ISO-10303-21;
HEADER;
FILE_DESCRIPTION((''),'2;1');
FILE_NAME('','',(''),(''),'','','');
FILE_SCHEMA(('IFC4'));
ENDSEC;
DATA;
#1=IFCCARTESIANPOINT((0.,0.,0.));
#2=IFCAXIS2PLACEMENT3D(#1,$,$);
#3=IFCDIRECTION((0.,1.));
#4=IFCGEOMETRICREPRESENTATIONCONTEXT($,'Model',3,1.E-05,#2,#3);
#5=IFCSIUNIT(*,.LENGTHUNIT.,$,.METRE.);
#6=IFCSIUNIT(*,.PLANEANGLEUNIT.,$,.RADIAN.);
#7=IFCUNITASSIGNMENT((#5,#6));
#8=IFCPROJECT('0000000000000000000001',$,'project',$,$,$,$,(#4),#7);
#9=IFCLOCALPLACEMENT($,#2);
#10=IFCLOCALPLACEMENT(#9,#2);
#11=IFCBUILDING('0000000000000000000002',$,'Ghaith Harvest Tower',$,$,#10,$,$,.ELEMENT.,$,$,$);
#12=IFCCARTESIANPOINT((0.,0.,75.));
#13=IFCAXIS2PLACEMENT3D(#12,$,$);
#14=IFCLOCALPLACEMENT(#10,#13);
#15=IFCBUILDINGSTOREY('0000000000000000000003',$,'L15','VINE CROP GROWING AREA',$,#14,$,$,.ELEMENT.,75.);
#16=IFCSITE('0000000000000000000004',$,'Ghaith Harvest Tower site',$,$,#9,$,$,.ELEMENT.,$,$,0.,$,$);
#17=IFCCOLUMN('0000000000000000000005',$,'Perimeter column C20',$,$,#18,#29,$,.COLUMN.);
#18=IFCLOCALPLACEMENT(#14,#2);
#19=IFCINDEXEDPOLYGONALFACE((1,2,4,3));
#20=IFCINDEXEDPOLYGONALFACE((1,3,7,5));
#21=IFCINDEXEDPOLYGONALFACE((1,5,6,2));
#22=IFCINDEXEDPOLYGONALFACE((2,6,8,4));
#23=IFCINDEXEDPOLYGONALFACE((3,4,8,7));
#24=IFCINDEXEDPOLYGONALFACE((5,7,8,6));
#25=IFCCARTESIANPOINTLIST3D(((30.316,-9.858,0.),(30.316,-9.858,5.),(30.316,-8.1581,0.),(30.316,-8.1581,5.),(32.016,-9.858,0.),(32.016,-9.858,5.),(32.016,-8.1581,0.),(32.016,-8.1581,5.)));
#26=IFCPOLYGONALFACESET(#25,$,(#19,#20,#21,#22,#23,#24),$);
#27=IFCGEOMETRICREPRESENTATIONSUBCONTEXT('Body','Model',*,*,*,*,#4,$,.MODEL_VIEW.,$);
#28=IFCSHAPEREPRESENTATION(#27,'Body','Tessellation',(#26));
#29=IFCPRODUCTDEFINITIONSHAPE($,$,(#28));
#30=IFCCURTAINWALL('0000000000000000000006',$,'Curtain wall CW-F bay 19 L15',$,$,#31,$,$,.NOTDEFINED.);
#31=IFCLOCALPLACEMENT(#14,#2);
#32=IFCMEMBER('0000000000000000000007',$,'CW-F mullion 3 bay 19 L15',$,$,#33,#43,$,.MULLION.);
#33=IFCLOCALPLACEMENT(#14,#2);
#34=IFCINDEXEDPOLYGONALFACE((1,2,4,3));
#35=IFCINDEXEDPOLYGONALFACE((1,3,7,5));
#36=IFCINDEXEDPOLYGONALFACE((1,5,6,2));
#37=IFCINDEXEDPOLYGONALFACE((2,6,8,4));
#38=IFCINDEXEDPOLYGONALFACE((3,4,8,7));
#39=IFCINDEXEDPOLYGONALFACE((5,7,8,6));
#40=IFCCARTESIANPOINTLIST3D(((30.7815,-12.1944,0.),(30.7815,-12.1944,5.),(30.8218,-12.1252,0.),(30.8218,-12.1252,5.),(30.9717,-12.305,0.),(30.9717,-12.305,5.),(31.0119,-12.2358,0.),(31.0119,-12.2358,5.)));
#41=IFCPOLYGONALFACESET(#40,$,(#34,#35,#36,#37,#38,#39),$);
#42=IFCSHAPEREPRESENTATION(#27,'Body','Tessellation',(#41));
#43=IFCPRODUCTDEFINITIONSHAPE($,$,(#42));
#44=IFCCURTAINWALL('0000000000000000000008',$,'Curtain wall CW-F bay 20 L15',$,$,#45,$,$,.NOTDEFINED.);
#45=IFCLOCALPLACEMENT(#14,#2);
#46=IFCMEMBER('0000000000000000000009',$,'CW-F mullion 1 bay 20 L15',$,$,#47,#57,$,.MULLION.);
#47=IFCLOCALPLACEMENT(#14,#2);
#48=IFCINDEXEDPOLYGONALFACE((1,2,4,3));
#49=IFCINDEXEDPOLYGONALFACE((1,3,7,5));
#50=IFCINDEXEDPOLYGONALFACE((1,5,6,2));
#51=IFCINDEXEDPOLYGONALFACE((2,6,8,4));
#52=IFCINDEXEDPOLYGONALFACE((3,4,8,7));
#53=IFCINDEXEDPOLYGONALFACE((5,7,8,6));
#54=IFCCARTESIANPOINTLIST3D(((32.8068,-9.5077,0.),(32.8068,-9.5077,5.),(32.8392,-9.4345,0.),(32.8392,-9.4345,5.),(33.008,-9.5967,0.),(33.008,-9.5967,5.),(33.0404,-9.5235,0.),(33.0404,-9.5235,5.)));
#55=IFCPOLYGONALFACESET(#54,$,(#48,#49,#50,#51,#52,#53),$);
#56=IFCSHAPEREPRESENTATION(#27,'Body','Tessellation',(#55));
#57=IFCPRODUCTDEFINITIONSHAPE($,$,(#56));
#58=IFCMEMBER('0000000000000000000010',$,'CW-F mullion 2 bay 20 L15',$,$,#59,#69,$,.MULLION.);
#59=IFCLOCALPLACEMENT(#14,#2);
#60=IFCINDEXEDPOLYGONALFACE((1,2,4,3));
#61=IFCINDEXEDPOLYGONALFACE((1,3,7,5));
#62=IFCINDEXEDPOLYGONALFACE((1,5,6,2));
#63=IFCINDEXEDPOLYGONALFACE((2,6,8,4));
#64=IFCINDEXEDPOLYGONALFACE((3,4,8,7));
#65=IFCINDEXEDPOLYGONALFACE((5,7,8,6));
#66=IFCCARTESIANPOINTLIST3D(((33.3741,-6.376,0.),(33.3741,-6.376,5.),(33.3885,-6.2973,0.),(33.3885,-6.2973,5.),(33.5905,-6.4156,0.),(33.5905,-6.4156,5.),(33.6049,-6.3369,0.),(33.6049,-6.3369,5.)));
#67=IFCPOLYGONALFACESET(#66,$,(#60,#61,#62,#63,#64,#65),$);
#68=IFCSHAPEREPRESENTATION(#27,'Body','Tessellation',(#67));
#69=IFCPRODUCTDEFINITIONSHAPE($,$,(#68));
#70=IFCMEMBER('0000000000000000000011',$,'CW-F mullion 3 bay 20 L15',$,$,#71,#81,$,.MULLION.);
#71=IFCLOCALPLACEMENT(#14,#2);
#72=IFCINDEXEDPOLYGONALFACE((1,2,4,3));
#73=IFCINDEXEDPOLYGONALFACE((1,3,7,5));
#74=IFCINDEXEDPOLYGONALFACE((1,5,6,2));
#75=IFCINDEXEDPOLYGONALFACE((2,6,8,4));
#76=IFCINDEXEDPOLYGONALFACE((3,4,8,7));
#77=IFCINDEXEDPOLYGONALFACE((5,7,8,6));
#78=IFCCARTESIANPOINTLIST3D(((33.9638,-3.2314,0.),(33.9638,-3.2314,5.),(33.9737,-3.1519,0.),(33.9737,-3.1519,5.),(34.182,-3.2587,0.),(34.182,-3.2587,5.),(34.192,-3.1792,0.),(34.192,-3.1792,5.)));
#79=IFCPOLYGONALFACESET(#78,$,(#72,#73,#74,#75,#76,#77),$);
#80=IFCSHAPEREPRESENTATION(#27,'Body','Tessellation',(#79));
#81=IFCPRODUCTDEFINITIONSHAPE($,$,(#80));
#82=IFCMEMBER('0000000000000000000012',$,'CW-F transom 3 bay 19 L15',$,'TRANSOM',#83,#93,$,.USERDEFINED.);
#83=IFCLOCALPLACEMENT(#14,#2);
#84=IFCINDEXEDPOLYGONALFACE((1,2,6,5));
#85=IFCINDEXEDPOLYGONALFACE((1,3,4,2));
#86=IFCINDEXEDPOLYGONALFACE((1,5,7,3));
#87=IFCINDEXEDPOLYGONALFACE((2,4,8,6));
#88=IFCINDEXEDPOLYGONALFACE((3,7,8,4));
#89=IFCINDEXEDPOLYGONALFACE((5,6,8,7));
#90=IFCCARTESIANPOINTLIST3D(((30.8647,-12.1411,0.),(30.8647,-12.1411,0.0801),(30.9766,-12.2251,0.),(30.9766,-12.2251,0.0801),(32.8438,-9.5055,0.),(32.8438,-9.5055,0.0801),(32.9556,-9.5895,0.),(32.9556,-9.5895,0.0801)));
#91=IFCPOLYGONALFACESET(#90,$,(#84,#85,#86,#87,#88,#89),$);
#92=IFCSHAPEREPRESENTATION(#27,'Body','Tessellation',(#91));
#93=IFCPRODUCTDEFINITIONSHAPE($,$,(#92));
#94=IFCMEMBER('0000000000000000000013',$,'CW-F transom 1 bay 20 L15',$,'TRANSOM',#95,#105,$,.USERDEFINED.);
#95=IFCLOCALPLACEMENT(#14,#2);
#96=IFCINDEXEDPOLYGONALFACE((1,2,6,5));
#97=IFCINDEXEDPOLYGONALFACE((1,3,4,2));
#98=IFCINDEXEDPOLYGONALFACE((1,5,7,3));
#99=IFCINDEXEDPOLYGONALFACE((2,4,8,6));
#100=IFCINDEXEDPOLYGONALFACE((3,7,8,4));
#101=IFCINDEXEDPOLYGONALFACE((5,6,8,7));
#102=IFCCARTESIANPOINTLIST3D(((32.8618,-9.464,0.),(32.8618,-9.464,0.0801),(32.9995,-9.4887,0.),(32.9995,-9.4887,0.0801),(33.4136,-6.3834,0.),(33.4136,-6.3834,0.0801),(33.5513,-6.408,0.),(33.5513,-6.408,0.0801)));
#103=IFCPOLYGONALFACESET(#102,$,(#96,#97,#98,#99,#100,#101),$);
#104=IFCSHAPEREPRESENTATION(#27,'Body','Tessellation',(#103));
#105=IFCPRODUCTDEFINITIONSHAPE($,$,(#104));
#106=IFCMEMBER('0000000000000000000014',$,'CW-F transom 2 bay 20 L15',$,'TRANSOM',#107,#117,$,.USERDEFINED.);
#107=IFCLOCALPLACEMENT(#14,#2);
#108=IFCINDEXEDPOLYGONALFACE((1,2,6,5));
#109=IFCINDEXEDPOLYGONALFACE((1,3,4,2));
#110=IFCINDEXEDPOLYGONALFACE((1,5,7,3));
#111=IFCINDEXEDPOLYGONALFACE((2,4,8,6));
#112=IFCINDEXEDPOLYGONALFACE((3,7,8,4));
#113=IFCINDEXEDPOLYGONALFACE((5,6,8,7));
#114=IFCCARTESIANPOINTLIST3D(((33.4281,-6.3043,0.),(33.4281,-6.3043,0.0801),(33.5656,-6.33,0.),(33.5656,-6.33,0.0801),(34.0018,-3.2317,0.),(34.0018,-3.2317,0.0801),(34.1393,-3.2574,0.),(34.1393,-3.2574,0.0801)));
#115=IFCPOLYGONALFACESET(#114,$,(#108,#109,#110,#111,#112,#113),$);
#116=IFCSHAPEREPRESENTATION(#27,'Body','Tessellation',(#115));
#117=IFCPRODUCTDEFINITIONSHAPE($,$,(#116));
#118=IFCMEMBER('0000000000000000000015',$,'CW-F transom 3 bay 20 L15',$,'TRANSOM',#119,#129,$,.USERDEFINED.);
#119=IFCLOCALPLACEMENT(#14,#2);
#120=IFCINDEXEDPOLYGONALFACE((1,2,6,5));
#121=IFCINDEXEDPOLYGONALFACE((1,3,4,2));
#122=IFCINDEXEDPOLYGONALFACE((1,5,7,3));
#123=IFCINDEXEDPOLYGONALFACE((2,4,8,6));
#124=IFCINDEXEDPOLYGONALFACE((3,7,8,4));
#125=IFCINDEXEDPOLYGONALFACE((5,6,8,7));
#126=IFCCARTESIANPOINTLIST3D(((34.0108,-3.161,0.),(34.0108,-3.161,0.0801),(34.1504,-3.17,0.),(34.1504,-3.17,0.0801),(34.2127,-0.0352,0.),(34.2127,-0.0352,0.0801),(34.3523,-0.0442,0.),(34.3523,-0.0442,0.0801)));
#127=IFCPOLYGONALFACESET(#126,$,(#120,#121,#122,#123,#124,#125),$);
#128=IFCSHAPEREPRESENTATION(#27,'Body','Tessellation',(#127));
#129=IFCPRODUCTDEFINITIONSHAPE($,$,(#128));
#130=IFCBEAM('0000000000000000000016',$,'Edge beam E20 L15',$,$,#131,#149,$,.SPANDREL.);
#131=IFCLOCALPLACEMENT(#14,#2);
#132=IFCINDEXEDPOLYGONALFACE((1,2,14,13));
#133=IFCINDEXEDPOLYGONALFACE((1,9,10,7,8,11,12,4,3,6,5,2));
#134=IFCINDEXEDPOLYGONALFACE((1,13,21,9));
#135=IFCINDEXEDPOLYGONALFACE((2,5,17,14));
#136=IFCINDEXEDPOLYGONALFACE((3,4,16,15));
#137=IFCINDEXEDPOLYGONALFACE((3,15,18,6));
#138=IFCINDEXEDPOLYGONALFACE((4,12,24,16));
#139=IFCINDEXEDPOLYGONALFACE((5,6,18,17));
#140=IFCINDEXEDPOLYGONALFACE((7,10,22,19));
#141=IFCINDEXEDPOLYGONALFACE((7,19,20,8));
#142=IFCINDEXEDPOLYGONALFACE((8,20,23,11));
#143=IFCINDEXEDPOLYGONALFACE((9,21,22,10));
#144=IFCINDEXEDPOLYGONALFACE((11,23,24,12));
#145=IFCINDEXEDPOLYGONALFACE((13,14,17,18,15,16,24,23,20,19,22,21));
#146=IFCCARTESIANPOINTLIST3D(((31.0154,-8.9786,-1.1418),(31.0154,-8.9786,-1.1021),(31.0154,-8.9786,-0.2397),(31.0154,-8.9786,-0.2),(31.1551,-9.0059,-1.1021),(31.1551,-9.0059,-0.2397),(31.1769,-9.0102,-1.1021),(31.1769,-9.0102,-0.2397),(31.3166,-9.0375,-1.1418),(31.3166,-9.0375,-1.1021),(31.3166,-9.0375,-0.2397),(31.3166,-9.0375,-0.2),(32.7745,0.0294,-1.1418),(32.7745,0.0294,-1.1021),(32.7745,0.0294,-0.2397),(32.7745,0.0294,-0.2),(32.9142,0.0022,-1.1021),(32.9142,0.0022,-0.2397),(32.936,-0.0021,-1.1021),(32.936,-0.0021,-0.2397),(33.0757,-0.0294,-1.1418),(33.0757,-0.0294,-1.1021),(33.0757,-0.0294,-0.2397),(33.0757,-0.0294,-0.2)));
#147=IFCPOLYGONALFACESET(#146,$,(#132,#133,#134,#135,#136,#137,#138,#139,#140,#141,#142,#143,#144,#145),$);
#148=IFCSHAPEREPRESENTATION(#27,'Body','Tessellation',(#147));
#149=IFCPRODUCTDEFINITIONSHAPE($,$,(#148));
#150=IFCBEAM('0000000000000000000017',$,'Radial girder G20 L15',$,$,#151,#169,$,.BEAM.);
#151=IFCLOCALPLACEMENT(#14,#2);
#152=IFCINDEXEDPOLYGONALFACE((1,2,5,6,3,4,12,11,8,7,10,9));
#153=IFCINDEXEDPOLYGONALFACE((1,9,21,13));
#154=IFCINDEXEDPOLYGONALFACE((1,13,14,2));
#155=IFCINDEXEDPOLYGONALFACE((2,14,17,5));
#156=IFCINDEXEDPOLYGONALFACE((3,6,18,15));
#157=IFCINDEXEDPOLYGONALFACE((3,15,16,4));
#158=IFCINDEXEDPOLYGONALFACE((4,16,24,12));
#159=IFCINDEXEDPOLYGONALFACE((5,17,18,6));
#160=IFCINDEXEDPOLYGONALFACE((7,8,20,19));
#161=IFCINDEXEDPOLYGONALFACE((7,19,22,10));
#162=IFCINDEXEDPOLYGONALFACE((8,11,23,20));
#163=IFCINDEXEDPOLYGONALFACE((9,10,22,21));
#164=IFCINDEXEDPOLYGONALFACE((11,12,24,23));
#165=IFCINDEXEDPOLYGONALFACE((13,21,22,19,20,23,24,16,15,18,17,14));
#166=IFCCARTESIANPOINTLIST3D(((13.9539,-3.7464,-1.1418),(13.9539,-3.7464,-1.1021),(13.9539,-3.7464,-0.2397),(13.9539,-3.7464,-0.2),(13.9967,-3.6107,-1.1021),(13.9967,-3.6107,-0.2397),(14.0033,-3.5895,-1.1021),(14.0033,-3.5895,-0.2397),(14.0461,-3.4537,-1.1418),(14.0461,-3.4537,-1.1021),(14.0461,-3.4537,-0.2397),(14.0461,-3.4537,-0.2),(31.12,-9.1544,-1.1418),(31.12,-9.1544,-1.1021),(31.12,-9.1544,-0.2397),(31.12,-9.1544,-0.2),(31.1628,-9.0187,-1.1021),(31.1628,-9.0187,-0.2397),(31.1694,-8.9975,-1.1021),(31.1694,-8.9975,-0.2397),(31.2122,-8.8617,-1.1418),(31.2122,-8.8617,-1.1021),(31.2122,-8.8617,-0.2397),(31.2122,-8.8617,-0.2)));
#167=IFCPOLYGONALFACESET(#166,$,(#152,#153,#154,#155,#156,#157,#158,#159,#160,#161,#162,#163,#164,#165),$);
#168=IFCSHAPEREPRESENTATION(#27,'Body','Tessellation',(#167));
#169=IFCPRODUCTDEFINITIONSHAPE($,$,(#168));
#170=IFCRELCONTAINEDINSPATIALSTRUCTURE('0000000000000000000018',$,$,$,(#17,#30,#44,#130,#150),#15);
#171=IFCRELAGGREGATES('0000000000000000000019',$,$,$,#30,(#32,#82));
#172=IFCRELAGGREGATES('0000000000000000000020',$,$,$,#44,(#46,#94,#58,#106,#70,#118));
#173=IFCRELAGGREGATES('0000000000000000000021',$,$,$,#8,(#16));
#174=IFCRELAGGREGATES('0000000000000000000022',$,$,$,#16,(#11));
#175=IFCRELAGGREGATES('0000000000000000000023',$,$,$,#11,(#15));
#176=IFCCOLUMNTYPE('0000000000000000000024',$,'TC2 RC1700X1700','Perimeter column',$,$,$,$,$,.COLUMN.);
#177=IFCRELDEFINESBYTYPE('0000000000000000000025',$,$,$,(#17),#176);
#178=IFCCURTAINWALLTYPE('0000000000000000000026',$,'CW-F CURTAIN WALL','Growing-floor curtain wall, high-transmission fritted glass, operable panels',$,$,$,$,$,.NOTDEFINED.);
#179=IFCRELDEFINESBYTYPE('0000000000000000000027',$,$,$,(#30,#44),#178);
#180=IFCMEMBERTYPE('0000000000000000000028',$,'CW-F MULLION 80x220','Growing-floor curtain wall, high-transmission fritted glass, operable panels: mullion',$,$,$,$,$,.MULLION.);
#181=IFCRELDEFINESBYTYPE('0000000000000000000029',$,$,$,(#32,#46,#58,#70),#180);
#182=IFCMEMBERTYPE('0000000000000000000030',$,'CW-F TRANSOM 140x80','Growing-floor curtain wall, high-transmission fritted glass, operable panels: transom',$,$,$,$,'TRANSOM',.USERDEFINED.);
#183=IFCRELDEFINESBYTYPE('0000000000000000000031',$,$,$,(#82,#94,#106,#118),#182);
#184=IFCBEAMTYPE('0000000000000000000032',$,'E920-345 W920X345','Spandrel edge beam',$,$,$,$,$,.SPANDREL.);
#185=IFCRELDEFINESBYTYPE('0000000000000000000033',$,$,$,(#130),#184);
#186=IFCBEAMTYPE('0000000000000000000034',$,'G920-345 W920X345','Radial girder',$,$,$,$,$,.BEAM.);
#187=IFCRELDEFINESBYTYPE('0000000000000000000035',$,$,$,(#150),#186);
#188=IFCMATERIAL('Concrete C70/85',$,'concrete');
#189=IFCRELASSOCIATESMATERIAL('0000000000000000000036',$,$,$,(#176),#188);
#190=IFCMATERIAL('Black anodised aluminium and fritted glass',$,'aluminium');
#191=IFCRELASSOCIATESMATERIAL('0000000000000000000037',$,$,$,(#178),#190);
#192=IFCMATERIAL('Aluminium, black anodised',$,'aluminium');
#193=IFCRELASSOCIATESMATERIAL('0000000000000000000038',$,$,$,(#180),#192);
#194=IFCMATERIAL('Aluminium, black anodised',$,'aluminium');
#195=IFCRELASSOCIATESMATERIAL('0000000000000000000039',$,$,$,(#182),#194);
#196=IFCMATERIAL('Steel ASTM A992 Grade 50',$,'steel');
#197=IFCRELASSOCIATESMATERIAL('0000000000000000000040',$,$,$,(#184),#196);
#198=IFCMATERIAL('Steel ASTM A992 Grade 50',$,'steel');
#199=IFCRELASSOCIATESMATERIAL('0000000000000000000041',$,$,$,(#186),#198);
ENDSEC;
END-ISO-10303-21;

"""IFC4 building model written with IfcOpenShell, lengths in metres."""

from ifc_helpers import new_model, si_unit, direction, frame, origin, origin_2d, place, context, subcontext, project, spatial, rectangle, i_section, extrude, material, material_profile, profile_set, type_object, element, aggregate, save


model = new_model("IFC4")

# Units and contexts
model_context = context("Model", 3, precision=1e-05, world=origin(), true_north=direction((0.0, 1.0)))
body_context = subcontext(model_context, "Body", "Model", "MODEL_VIEW")
ifc_project = project(units=[si_unit("LENGTHUNIT", "METRE"), si_unit("PLANEANGLEUNIT", "RADIAN")], contexts=[model_context])

# Site, building, storey
site_placement = place(None, origin())
site = spatial("IfcSite", under=ifc_project, at=site_placement, Name="Ghaith Harvest Tower site", CompositionType="ELEMENT", RefElevation=0.0)
building_placement = place(site_placement, origin())
building = spatial("IfcBuilding", under=site, at=building_placement, Name="Ghaith Harvest Tower", CompositionType="ELEMENT")
storey_placement = place(building_placement, frame((0.0, 0.0, 75.0)))
storey = spatial("IfcBuildingStorey", under=building, at=storey_placement, Name="L15", Description="VINE CROP GROWING AREA", CompositionType="ELEMENT", Elevation=75.0)

# Column
ifc_material_1 = material(Name="Concrete C70/85", Category="concrete")
ifc_material_profile_1 = material_profile(ifc_material_1, rectangle(XDim=1.7, YDim=1.7, at=origin_2d()), Name="RC1700X1700")
ifc_profile_set_1 = profile_set([ifc_material_profile_1], Name="Concrete C70/85")
column_type = type_object("IfcColumnType", Name="TC2 RC1700X1700", Description="Perimeter column", PredefinedType="COLUMN", material=ifc_profile_set_1)
column_placement = place(storey_placement, frame((31.166, -9.0081, 0.0), z_axis=(0.0, 0.0, 1.0), x_axis=(1.0, 0.0, 0.0)))
element("IfcColumn", 1, at=column_placement, inside=storey, type_object=column_type, Name="Perimeter column C20", PredefinedType="COLUMN", context=body_context, shape_type="SweptSolid", body=[
    extrude(rectangle(XDim=1.7, YDim=1.7, at=origin_2d()), origin(), (0.0, 0.0, 1.0), 5.0),
])

# Curtain wall, member
ifc_material_2 = material(Name="Black anodised aluminium and fritted glass", Category="aluminium")
curtain_wall_type = type_object("IfcCurtainWallType", Name="CW-F CURTAIN WALL", Description="Growing-floor curtain wall, high-transmission fritted glass, operable panels", PredefinedType="NOTDEFINED", material=ifc_material_2)
curtain_wall_1_placement = place(storey_placement, origin())
curtain_wall_1 = element("IfcCurtainWall", 2, at=curtain_wall_1_placement, inside=storey, type_object=curtain_wall_type, Name="Curtain wall CW-F bay 19 L15", PredefinedType="NOTDEFINED")
ifc_material_3 = material(Name="Aluminium, black anodised", Category="aluminium")
ifc_material_profile_2 = material_profile(ifc_material_3, rectangle(XDim=0.0801, YDim=0.22, at=origin_2d()), Name="CW-F MULLION 80x220")
ifc_profile_set_2 = profile_set([ifc_material_profile_2], Name="Aluminium, black anodised")
member_type_1 = type_object("IfcMemberType", Name="CW-F MULLION 80x220", Description="Growing-floor curtain wall, high-transmission fritted glass, operable panels: mullion", PredefinedType="MULLION", material=ifc_profile_set_2)
member_1_placement = place(storey_placement, frame((30.8967, -12.2151, 0.0), z_axis=(0.0, 0.0, 1.0), x_axis=(0.502795, 0.864406, 0.0)))
member_1 = element("IfcMember", 3, at=member_1_placement, type_object=member_type_1, Name="CW-F mullion 3 bay 19 L15", PredefinedType="MULLION", context=body_context, shape_type="SweptSolid", body=[
    extrude(rectangle(XDim=0.0801, YDim=0.22, at=origin_2d()), origin(), (0.0, 0.0, 1.0), 5.0),
])

# Curtain wall, members
curtain_wall_2_placement = place(storey_placement, origin())
curtain_wall_2 = element("IfcCurtainWall", 4, at=curtain_wall_2_placement, inside=storey, type_object=curtain_wall_type, Name="Curtain wall CW-F bay 20 L15", PredefinedType="NOTDEFINED")
member_2_placement = place(storey_placement, frame((32.9236, -9.5156, 0.0), z_axis=(0.0, 0.0, 1.0), x_axis=(0.404702, 0.914449, 0.0)))
member_2 = element("IfcMember", 5, at=member_2_placement, type_object=member_type_1, Name="CW-F mullion 1 bay 20 L15", PredefinedType="MULLION", context=body_context, shape_type="SweptSolid", body=[
    extrude(rectangle(XDim=0.0801, YDim=0.22, at=origin_2d()), origin(), (0.0, 0.0, 1.0), 5.0),
])
member_3_placement = place(storey_placement, frame((33.4895, -6.3564, 0.0), z_axis=(0.0, 0.0, 1.0), x_axis=(0.179943, 0.983677, 0.0)))
member_3 = element("IfcMember", 6, at=member_3_placement, type_object=member_type_1, Name="CW-F mullion 2 bay 20 L15", PredefinedType="MULLION", context=body_context, shape_type="SweptSolid", body=[
    extrude(rectangle(XDim=0.0801, YDim=0.22, at=origin_2d()), origin(), (0.0, 0.0, 1.0), 5.0),
])
member_4_placement = place(storey_placement, frame((34.0779, -3.2053, 0.0), z_axis=(0.0, 0.0, 1.0), x_axis=(0.12417, 0.992261, 0.0)))
member_4 = element("IfcMember", 7, at=member_4_placement, type_object=member_type_1, Name="CW-F mullion 3 bay 20 L15", PredefinedType="MULLION", context=body_context, shape_type="SweptSolid", body=[
    extrude(rectangle(XDim=0.0801, YDim=0.22, at=origin_2d()), origin(), (0.0, 0.0, 1.0), 5.0),
])

# Members
ifc_material_4 = material(Name="Aluminium, black anodised", Category="aluminium")
ifc_material_profile_3 = material_profile(ifc_material_4, rectangle(XDim=0.1399, YDim=0.0801, at=origin_2d()), Name="CW-F TRANSOM 140x80")
ifc_profile_set_3 = profile_set([ifc_material_profile_3], Name="Aluminium, black anodised")
member_type_2 = type_object("IfcMemberType", Name="CW-F TRANSOM 140x80", Description="Growing-floor curtain wall, high-transmission fritted glass, operable panels: transom", ElementType="TRANSOM", PredefinedType="USERDEFINED", material=ifc_profile_set_3)
member_5_placement = place(storey_placement, frame((30.9207, -12.1831, 0.04), z_axis=(0.600462, 0.799653, 0.0), x_axis=(-0.799653, 0.600462, 0.0)))
member_5 = element("IfcMember", 8, at=member_5_placement, type_object=member_type_2, Name="CW-F transom 3 bay 19 L15", ObjectType="TRANSOM", PredefinedType="USERDEFINED", context=body_context, shape_type="SweptSolid", body=[
    extrude(rectangle(XDim=0.1399, YDim=0.0801, at=origin_2d()), origin(), (0.0, 0.0, 1.0), 3.2959),
])
member_6_placement = place(storey_placement, frame((32.9307, -9.4763, 0.04), z_axis=(0.176304, 0.984336, 0.0), x_axis=(-0.984336, 0.176304, 0.0)))
member_6 = element("IfcMember", 9, at=member_6_placement, type_object=member_type_2, Name="CW-F transom 1 bay 20 L15", ObjectType="TRANSOM", PredefinedType="USERDEFINED", context=body_context, shape_type="SweptSolid", body=[
    extrude(rectangle(XDim=0.1399, YDim=0.0801, at=origin_2d()), origin(), (0.0, 0.0, 1.0), 3.1296),
])
member_7_placement = place(storey_placement, frame((33.4968, -6.3171, 0.04), z_axis=(0.183557, 0.983009, 0.0), x_axis=(-0.983009, 0.183557, 0.0)))
member_7 = element("IfcMember", 10, at=member_7_placement, type_object=member_type_2, Name="CW-F transom 2 bay 20 L15", ObjectType="TRANSOM", PredefinedType="USERDEFINED", context=body_context, shape_type="SweptSolid", body=[
    extrude(rectangle(XDim=0.1399, YDim=0.0801, at=origin_2d()), origin(), (0.0, 0.0, 1.0), 3.1257),
])
member_8_placement = place(storey_placement, frame((34.0806, -3.1655, 0.04), z_axis=(0.06446, 0.99792, 0.0), x_axis=(-0.99792, 0.06446, 0.0)))
member_8 = element("IfcMember", 11, at=member_8_placement, type_object=member_type_2, Name="CW-F transom 3 bay 20 L15", ObjectType="TRANSOM", PredefinedType="USERDEFINED", context=body_context, shape_type="SweptSolid", body=[
    extrude(rectangle(XDim=0.1399, YDim=0.0801, at=origin_2d()), origin(), (0.0, 0.0, 1.0), 3.1323),
])

# Beams
ifc_material_5 = material(Name="Steel ASTM A992 Grade 50", Category="steel")
ifc_material_profile_4 = material_profile(ifc_material_5, i_section(OverallWidth=0.3069, OverallDepth=0.9419, WebThickness=0.0222, FlangeThickness=0.0398, at=origin_2d()), Name="W920X345")
ifc_profile_set_4 = profile_set([ifc_material_profile_4], Name="Steel ASTM A992 Grade 50")
beam_type_1 = type_object("IfcBeamType", Name="E920-345 W920X345", Description="Spandrel edge beam", PredefinedType="SPANDREL", material=ifc_profile_set_4)
beam_1_placement = place(storey_placement, frame((31.166, -9.0081, -0.6709), z_axis=(0.191653, 0.981463, 0.0), x_axis=(-0.981463, 0.191653, 0.0)))
element("IfcBeam", 12, at=beam_1_placement, inside=storey, type_object=beam_type_1, Name="Edge beam E20 L15", PredefinedType="SPANDREL", context=body_context, shape_type="SweptSolid", body=[
    extrude(i_section(OverallWidth=0.3069, OverallDepth=0.9419, WebThickness=0.0222, FlangeThickness=0.0398, at=origin_2d()), origin(), (0.0, 0.0, 1.0), 9.1782),
])
ifc_material_6 = material(Name="Steel ASTM A992 Grade 50", Category="steel")
ifc_material_profile_5 = material_profile(ifc_material_6, i_section(OverallWidth=0.3069, OverallDepth=0.9419, WebThickness=0.0222, FlangeThickness=0.0398, at=origin_2d()), Name="W920X345")
ifc_profile_set_5 = profile_set([ifc_material_profile_5], Name="Steel ASTM A992 Grade 50")
beam_type_2 = type_object("IfcBeamType", Name="G920-345 W920X345", Description="Radial girder", PredefinedType="BEAM", material=ifc_profile_set_5)
beam_2_placement = place(storey_placement, frame((14.0, -3.6001, -0.6709), z_axis=(0.953788, -0.30048, 0.0), x_axis=(0.30048, 0.953788, 0.0)))
element("IfcBeam", 13, at=beam_2_placement, inside=storey, type_object=beam_type_2, Name="Radial girder G20 L15", PredefinedType="BEAM", context=body_context, shape_type="SweptSolid", body=[
    extrude(i_section(OverallWidth=0.3069, OverallDepth=0.9419, WebThickness=0.0222, FlangeThickness=0.0398, at=origin_2d()), origin(), (0.0, 0.0, 1.0), 17.9978),
])

aggregate(curtain_wall_1, [member_1, member_5])
aggregate(curtain_wall_2, [member_2, member_6, member_3, member_7, member_4, member_8])

save(model, "model.ifc")
